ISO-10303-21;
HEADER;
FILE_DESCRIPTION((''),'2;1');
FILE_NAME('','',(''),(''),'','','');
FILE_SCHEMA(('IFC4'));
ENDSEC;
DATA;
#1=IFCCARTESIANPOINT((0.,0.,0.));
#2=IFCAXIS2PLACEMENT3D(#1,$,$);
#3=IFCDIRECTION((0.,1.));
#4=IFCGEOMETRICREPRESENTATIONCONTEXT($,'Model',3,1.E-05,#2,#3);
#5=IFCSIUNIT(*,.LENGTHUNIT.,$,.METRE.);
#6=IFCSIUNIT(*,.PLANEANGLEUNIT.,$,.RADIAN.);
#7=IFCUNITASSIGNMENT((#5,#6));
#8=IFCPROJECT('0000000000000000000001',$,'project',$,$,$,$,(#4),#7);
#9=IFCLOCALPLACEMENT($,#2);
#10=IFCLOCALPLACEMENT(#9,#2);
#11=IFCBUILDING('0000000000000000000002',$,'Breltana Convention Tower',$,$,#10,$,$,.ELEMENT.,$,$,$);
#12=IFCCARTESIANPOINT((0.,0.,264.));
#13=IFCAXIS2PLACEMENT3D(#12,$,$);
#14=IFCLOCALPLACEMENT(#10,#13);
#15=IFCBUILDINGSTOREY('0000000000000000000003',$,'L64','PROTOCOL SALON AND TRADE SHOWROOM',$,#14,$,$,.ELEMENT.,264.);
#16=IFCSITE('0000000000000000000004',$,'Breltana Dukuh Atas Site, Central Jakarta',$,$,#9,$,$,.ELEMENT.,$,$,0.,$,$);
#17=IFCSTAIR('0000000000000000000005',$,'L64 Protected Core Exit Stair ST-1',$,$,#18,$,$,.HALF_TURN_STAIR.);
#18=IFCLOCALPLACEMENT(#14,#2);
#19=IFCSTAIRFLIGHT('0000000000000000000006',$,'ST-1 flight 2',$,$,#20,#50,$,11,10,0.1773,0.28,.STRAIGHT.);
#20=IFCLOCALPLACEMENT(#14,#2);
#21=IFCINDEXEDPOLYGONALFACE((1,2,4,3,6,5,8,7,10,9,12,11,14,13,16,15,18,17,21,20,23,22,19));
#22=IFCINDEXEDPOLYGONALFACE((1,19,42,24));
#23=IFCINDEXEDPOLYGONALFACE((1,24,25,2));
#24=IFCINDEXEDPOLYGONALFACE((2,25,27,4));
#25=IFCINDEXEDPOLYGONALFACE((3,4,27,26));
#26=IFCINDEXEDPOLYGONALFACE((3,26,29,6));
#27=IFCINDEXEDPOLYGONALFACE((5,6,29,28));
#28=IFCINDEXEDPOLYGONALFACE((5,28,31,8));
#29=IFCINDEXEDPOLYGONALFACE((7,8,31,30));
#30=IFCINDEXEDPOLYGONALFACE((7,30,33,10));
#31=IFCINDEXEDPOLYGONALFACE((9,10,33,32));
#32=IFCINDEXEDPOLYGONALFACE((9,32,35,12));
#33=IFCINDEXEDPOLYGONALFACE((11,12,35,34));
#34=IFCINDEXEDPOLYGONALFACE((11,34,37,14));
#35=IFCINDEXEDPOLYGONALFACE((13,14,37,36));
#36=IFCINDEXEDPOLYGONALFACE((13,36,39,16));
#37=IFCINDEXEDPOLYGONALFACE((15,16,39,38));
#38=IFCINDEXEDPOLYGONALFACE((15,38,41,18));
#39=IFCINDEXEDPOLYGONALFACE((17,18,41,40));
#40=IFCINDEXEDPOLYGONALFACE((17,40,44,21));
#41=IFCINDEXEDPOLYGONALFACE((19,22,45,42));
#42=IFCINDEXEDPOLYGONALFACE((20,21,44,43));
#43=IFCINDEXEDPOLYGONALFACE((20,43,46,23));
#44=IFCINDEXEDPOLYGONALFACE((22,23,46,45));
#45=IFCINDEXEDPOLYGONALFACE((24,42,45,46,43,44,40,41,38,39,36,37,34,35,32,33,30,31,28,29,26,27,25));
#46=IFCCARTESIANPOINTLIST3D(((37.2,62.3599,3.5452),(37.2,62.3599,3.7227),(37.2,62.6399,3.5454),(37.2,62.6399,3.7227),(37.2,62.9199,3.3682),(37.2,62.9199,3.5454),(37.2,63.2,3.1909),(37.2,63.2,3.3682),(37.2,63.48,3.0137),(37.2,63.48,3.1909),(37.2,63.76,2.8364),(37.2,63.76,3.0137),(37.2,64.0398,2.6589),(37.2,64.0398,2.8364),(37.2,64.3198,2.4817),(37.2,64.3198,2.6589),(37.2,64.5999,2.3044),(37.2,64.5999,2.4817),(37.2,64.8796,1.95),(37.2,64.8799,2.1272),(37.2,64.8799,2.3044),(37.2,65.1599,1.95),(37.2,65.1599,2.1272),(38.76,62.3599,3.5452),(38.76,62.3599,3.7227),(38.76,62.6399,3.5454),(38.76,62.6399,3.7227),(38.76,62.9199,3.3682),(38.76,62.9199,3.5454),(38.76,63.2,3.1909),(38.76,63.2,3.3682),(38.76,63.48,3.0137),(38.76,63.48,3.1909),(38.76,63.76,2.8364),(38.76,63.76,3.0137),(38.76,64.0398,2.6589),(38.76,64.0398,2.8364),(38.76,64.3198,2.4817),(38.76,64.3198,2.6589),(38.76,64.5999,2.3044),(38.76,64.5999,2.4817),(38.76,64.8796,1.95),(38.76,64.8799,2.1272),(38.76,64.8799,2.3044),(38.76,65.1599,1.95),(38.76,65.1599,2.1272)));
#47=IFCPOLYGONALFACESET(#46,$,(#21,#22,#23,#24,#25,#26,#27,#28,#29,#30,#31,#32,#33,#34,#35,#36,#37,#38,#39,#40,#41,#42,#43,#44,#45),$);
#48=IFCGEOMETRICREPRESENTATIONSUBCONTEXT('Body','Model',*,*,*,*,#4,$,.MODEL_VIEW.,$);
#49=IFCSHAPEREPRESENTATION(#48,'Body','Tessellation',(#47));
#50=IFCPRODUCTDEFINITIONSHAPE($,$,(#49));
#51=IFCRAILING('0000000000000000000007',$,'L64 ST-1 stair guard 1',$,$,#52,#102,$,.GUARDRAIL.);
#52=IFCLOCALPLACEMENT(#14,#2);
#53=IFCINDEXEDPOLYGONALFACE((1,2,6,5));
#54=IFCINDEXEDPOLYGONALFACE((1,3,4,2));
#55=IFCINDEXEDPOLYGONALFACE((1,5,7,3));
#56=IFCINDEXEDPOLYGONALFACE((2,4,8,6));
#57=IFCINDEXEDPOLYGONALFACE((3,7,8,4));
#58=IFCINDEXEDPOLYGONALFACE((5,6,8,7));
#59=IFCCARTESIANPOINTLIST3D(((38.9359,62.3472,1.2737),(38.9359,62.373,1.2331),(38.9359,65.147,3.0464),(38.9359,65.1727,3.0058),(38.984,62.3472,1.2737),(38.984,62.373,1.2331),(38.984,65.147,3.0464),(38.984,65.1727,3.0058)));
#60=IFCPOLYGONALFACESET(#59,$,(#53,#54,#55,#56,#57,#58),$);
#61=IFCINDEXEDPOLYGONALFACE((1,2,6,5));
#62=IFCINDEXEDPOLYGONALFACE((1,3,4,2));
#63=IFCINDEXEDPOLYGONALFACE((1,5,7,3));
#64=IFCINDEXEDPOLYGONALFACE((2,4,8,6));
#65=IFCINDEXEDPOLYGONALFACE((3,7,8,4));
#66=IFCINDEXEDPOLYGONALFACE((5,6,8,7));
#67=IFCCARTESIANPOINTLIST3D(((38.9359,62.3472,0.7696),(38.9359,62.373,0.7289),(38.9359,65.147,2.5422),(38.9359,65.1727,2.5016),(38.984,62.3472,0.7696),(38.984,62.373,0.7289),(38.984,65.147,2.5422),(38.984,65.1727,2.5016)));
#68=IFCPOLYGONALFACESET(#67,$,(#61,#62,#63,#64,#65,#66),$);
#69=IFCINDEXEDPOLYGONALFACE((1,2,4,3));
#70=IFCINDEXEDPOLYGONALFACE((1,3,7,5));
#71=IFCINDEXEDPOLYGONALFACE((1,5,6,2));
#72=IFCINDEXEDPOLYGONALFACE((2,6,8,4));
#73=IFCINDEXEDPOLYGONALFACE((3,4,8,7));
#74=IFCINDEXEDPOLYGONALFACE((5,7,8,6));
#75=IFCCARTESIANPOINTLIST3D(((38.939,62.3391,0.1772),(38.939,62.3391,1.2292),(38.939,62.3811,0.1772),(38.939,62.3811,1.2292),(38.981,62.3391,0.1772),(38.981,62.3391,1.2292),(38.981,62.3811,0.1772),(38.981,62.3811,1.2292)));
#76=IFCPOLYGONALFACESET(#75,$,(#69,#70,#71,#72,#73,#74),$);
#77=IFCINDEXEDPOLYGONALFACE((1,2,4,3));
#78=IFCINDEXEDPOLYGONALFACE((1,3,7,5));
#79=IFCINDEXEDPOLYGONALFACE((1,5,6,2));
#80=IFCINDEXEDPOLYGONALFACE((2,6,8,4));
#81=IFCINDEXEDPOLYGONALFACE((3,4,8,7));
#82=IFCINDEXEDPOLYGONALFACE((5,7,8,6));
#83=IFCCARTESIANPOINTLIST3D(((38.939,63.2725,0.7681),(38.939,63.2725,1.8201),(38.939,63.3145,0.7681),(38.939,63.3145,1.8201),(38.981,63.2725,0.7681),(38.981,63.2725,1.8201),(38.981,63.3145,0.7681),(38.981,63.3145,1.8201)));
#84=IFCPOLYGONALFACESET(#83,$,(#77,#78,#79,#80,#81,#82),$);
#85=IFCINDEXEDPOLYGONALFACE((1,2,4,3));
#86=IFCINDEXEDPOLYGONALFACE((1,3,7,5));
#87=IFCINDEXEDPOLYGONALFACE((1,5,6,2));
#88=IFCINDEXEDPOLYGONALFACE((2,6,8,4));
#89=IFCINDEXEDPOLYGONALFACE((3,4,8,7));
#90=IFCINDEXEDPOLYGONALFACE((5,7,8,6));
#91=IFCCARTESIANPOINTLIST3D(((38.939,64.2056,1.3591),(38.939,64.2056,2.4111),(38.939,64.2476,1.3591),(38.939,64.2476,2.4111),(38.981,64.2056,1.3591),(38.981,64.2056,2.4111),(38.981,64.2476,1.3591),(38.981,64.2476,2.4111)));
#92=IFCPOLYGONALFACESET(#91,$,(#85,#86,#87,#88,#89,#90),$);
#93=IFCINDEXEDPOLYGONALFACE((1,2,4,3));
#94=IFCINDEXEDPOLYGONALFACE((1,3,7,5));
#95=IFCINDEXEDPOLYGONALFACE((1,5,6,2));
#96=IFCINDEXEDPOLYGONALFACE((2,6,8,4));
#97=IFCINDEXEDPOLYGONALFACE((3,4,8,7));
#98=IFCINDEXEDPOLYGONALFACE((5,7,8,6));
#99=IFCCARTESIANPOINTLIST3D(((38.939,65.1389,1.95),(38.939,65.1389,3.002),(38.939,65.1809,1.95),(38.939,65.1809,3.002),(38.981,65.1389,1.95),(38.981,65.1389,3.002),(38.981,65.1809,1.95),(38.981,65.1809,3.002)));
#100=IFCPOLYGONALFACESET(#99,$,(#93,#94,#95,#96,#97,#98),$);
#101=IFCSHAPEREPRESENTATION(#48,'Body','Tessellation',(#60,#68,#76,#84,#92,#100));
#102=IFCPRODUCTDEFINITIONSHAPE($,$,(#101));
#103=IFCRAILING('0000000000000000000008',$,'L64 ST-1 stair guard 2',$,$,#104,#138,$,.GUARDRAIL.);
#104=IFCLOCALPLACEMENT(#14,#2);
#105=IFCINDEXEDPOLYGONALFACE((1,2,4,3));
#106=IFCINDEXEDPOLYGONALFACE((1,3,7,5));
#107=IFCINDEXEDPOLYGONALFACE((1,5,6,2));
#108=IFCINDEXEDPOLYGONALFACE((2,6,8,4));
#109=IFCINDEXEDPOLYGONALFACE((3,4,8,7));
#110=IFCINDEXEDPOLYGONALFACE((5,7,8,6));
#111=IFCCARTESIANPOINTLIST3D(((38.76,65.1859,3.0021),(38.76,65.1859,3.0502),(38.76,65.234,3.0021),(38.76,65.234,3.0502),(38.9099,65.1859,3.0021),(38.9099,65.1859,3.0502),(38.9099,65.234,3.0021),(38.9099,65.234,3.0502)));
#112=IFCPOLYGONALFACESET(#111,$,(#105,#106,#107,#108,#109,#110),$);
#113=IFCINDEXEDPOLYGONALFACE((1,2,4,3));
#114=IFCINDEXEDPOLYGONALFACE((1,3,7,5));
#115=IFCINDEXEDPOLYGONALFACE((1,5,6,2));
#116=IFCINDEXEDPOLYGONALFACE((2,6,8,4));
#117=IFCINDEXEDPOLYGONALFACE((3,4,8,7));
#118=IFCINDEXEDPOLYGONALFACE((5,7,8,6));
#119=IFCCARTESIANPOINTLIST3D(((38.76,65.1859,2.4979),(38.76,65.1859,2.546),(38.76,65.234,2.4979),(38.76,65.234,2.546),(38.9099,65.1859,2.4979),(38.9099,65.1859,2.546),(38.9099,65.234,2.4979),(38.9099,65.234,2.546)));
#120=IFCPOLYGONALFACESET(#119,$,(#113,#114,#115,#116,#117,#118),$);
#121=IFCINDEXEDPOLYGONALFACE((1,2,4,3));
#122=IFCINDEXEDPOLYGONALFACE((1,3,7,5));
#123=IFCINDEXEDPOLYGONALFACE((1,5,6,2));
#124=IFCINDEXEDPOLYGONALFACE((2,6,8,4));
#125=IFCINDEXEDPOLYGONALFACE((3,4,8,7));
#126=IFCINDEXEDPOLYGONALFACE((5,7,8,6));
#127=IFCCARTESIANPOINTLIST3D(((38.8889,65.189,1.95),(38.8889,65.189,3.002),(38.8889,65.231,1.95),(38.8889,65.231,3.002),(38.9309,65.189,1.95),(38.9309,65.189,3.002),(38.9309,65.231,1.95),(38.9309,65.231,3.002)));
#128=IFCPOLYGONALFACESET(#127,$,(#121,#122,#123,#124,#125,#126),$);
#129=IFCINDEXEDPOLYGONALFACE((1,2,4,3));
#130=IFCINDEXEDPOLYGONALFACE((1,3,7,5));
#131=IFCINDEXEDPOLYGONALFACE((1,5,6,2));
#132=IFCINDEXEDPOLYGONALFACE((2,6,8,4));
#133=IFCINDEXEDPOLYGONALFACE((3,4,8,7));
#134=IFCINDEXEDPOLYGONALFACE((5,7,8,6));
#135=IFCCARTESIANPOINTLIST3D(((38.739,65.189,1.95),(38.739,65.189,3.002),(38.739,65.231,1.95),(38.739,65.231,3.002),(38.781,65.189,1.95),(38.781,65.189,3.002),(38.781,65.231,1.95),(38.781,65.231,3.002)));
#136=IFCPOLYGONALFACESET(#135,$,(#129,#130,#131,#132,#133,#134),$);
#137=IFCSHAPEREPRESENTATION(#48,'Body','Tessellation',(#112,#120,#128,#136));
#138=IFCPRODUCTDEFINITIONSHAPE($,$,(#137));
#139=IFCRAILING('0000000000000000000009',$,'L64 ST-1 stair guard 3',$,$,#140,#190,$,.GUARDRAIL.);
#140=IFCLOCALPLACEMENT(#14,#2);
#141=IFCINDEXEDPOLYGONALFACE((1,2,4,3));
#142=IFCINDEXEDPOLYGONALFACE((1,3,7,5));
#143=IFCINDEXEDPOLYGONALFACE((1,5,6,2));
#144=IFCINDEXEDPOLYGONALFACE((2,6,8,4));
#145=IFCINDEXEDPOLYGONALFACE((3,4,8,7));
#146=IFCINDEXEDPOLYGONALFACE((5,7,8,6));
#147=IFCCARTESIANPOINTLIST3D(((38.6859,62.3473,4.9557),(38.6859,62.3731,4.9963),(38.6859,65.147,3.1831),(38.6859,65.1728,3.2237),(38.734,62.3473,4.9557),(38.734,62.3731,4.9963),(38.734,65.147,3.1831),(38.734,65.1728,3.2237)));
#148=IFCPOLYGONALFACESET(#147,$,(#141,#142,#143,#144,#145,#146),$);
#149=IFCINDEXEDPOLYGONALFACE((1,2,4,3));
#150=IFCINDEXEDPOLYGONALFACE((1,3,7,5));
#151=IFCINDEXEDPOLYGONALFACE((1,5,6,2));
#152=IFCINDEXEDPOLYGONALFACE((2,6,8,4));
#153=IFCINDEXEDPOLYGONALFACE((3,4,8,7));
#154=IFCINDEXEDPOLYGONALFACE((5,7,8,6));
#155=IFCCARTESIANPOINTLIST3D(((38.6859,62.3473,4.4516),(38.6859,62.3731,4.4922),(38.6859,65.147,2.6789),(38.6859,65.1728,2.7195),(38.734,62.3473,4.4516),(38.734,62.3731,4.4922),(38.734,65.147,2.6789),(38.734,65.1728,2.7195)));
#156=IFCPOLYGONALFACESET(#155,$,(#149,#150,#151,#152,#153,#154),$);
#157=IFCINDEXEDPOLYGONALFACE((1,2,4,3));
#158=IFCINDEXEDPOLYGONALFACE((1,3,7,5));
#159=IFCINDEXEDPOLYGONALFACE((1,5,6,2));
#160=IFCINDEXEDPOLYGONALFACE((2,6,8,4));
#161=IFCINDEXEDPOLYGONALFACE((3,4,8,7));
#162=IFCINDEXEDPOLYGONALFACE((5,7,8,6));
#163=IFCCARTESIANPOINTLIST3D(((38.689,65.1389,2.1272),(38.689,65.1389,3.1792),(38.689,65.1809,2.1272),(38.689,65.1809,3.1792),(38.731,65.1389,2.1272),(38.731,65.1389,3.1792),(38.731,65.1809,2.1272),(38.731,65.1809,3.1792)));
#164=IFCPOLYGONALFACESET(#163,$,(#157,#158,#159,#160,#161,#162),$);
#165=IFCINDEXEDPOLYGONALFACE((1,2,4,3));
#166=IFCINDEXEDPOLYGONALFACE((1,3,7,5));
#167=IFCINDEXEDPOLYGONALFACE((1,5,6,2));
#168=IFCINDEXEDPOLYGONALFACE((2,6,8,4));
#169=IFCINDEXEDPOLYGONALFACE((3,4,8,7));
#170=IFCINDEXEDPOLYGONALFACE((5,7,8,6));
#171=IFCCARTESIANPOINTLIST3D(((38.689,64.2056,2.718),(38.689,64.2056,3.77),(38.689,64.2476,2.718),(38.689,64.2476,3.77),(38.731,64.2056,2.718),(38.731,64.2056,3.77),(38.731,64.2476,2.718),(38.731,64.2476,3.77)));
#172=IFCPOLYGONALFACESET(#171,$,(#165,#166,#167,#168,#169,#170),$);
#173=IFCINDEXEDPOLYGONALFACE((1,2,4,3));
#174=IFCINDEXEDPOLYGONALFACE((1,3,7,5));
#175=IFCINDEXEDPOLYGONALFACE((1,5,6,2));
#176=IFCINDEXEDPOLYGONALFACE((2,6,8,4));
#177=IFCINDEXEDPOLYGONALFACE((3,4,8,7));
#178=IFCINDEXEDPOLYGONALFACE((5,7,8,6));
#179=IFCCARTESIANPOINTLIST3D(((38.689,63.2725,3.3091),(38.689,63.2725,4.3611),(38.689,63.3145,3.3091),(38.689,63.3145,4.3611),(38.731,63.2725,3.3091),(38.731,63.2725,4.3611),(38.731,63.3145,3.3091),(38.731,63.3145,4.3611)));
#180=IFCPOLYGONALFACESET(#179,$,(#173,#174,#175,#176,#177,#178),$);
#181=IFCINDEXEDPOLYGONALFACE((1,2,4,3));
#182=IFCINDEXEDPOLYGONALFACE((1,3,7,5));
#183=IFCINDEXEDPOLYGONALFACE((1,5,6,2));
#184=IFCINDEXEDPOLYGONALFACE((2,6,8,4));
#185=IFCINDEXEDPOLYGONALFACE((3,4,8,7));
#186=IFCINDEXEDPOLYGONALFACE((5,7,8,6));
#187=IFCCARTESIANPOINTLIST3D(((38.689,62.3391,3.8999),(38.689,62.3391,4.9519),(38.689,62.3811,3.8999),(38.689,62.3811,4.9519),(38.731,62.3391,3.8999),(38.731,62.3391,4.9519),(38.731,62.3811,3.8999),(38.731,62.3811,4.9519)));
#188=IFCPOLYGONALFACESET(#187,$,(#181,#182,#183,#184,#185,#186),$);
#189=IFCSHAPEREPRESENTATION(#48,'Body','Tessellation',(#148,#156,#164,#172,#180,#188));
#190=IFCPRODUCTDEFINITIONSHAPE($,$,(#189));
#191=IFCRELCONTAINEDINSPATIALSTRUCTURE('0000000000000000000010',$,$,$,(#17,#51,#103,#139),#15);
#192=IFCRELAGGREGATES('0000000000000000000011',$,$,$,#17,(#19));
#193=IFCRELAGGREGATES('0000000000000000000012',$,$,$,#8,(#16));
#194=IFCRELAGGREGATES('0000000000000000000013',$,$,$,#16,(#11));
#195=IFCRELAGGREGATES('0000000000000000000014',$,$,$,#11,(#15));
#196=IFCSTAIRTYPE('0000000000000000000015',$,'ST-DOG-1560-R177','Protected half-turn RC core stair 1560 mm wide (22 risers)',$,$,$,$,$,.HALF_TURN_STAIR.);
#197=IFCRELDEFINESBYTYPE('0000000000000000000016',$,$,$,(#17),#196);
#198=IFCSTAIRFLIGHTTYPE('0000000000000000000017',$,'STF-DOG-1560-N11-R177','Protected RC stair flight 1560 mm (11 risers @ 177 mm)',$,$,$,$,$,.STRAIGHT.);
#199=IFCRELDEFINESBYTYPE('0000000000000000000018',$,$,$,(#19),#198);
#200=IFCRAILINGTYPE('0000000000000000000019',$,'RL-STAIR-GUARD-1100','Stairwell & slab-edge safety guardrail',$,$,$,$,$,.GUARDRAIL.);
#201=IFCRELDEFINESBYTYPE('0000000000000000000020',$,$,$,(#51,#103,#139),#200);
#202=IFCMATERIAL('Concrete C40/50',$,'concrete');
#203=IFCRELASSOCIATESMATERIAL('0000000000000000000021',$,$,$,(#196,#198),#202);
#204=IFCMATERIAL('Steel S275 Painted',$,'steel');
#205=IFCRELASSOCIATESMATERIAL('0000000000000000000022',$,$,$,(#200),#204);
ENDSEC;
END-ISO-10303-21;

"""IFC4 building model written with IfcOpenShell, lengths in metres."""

from ifc_helpers import new_model, si_unit, direction, frame, origin, origin_2d, place, context, subcontext, project, spatial, polyline, rectangle, outline, extrude, material, type_object, element, aggregate, save


model = new_model("IFC4")

# Units and contexts
model_context = context("Model", 3, precision=1e-05, world=origin(), true_north=direction((0.0, 1.0)))
body_context = subcontext(model_context, "Body", "Model", "MODEL_VIEW")
ifc_project = project(units=[si_unit("LENGTHUNIT", "METRE"), si_unit("PLANEANGLEUNIT", "RADIAN")], contexts=[model_context])

# Site, building, storey
site_placement = place(None, origin())
site = spatial("IfcSite", under=ifc_project, at=site_placement, Name="Breltana Dukuh Atas Site, Central Jakarta", CompositionType="ELEMENT", RefElevation=0.0)
building_placement = place(site_placement, origin())
building = spatial("IfcBuilding", under=site, at=building_placement, Name="Breltana Convention Tower", CompositionType="ELEMENT")
storey_placement = place(building_placement, frame((0.0, 0.0, 264.0)))
storey = spatial("IfcBuildingStorey", under=building, at=storey_placement, Name="L64", Description="PROTOCOL SALON AND TRADE SHOWROOM", CompositionType="ELEMENT", Elevation=264.0)

# Stair, stair flight
ifc_material_1 = material(Name="Concrete C40/50", Category="concrete")
stair_type = type_object("IfcStairType", Name="ST-DOG-1560-R177", Description="Protected half-turn RC core stair 1560 mm wide (22 risers)", PredefinedType="HALF_TURN_STAIR", material=ifc_material_1)
stair_placement = place(storey_placement, origin())
stair = element("IfcStair", 1, at=stair_placement, inside=storey, type_object=stair_type, Name="L64 Protected Core Exit Stair ST-1", PredefinedType="HALF_TURN_STAIR")
stair_flight_type = type_object("IfcStairFlightType", Name="STF-DOG-1560-N11-R177", Description="Protected RC stair flight 1560 mm (11 risers @ 177 mm)", PredefinedType="STRAIGHT", material=ifc_material_1)
stair_flight_1_placement = place(storey_placement, frame((37.98, 65.1599, 1.95), z_axis=(0.0, 0.0, 1.0), x_axis=(0.0, -1.0, 0.0)))
stair_flight_1 = element("IfcStairFlight", 2, at=stair_flight_1_placement, type_object=stair_flight_type, Name="ST-1 flight 2", NumberOfRisers=11, NumberOfTreads=10, PredefinedType="STRAIGHT", RiserHeight=0.1773, TreadLength=0.28, context=body_context, shape_type="SweptSolid", body=[
    extrude(outline(polyline([(0.0, 0.0), (0.0, 0.1772), (0.28, 0.1772), (0.28, 0.3545), (0.5601, 0.3545), (0.5601, 0.5317), (0.8401, 0.5317), (0.8401, 0.709), (1.1201, 0.709), (1.1201, 0.8865), (1.3999, 0.8865), (1.3999, 1.0637), (1.6799, 1.0637), (1.6799, 1.241), (1.96, 1.241), (1.96, 1.4182), (2.24, 1.4182), (2.24, 1.5955), (2.52, 1.5955), (2.52, 1.7727), (2.8, 1.7727), (2.8, 1.95), (2.8, 1.5952), (0.2803, 0.0), (0.0, 0.0)])), frame((0.0, 0.78, 0.0), z_axis=(0.0, -1.0, 0.0), x_axis=(1.0, 0.0, 0.0)), (0.0, 0.0, 1.0), 1.5601),
])
aggregate(stair, [stair_flight_1])

# Railings
ifc_material_2 = material(Name="Steel S275 Painted", Category="steel")
railing_type_1 = type_object("IfcRailingType", Name="RL-STAIR-GUARD-1100", Description="Stairwell & slab-edge safety guardrail", PredefinedType="GUARDRAIL", material=ifc_material_2)
railing_1_placement = place(storey_placement, frame((38.96, 62.3601, 0.1772)))
element("IfcRailing", 3, at=railing_1_placement, inside=storey, type_object=railing_type_1, Name="L64 ST-1 stair guard 1", PredefinedType="GUARDRAIL", context=body_context, shape_type="SweptSolid", body=[
    extrude(rectangle(XDim=0.0481, YDim=0.0481, at=origin_2d()), frame((0.0, 0.0, 1.0762), z_axis=(0.0, 0.844888, 0.534943), x_axis=(-1.0, 0.0, 0.0)), (0.0, 0.0, 1.0), 3.3137),
    extrude(rectangle(XDim=0.0481, YDim=0.0481, at=origin_2d()), frame((0.0, 0.0, 0.572), z_axis=(0.0, 0.844888, 0.534943), x_axis=(-1.0, 0.0, 0.0)), (0.0, 0.0, 1.0), 3.3137),
    extrude(rectangle(XDim=0.042, YDim=0.042, at=origin_2d()), origin(), (0.0, 0.0, 1.0), 1.052),
    extrude(rectangle(XDim=0.042, YDim=0.042, at=origin_2d()), frame((0.0, 0.9333, 0.5908)), (0.0, 0.0, 1.0), 1.052),
    extrude(rectangle(XDim=0.042, YDim=0.042, at=origin_2d()), frame((0.0, 1.8665, 1.1819)), (0.0, 0.0, 1.0), 1.052),
    extrude(rectangle(XDim=0.042, YDim=0.042, at=origin_2d()), frame((0.0, 2.7998, 1.7727)), (0.0, 0.0, 1.0), 1.052),
])
railing_2_placement = place(storey_placement, frame((38.9099, 65.21, 1.95)))
element("IfcRailing", 4, at=railing_2_placement, inside=storey, type_object=railing_type_1, Name="L64 ST-1 stair guard 2", PredefinedType="GUARDRAIL", context=body_context, shape_type="SweptSolid", body=[
    extrude(rectangle(XDim=0.0481, YDim=0.0481, at=origin_2d()), frame((0.0, 0.0, 1.0762), z_axis=(-1.0, 0.0, 0.0), x_axis=(0.0, -1.0, 0.0)), (0.0, 0.0, 1.0), 0.1499),
    extrude(rectangle(XDim=0.0481, YDim=0.0481, at=origin_2d()), frame((0.0, 0.0, 0.572), z_axis=(-1.0, 0.0, 0.0), x_axis=(0.0, -1.0, 0.0)), (0.0, 0.0, 1.0), 0.1499),
    extrude(rectangle(XDim=0.042, YDim=0.042, at=origin_2d()), origin(), (0.0, 0.0, 1.0), 1.052),
    extrude(rectangle(XDim=0.042, YDim=0.042, at=origin_2d()), frame((-0.1499, 0.0, 0.0)), (0.0, 0.0, 1.0), 1.052),
])
railing_3_placement = place(storey_placement, frame((38.71, 65.1599, 2.1272)))
element("IfcRailing", 5, at=railing_3_placement, inside=storey, type_object=railing_type_1, Name="L64 ST-1 stair guard 3", PredefinedType="GUARDRAIL", context=body_context, shape_type="SweptSolid", body=[
    extrude(rectangle(XDim=0.0481, YDim=0.0481, at=origin_2d()), frame((0.0, 0.0, 1.0762), z_axis=(0.0, -0.844888, 0.534943), x_axis=(1.0, 0.0, 0.0)), (0.0, 0.0, 1.0), 3.3137),
    extrude(rectangle(XDim=0.0481, YDim=0.0481, at=origin_2d()), frame((0.0, 0.0, 0.572), z_axis=(0.0, -0.844888, 0.534943), x_axis=(1.0, 0.0, 0.0)), (0.0, 0.0, 1.0), 3.3137),
    extrude(rectangle(XDim=0.042, YDim=0.042, at=origin_2d()), origin(), (0.0, 0.0, 1.0), 1.052),
    extrude(rectangle(XDim=0.042, YDim=0.042, at=origin_2d()), frame((0.0, -0.9333, 0.5908)), (0.0, 0.0, 1.0), 1.052),
    extrude(rectangle(XDim=0.042, YDim=0.042, at=origin_2d()), frame((0.0, -1.8665, 1.1819)), (0.0, 0.0, 1.0), 1.052),
    extrude(rectangle(XDim=0.042, YDim=0.042, at=origin_2d()), frame((0.0, -2.7998, 1.7727)), (0.0, 0.0, 1.0), 1.052),
])

save(model, "model.ifc")
